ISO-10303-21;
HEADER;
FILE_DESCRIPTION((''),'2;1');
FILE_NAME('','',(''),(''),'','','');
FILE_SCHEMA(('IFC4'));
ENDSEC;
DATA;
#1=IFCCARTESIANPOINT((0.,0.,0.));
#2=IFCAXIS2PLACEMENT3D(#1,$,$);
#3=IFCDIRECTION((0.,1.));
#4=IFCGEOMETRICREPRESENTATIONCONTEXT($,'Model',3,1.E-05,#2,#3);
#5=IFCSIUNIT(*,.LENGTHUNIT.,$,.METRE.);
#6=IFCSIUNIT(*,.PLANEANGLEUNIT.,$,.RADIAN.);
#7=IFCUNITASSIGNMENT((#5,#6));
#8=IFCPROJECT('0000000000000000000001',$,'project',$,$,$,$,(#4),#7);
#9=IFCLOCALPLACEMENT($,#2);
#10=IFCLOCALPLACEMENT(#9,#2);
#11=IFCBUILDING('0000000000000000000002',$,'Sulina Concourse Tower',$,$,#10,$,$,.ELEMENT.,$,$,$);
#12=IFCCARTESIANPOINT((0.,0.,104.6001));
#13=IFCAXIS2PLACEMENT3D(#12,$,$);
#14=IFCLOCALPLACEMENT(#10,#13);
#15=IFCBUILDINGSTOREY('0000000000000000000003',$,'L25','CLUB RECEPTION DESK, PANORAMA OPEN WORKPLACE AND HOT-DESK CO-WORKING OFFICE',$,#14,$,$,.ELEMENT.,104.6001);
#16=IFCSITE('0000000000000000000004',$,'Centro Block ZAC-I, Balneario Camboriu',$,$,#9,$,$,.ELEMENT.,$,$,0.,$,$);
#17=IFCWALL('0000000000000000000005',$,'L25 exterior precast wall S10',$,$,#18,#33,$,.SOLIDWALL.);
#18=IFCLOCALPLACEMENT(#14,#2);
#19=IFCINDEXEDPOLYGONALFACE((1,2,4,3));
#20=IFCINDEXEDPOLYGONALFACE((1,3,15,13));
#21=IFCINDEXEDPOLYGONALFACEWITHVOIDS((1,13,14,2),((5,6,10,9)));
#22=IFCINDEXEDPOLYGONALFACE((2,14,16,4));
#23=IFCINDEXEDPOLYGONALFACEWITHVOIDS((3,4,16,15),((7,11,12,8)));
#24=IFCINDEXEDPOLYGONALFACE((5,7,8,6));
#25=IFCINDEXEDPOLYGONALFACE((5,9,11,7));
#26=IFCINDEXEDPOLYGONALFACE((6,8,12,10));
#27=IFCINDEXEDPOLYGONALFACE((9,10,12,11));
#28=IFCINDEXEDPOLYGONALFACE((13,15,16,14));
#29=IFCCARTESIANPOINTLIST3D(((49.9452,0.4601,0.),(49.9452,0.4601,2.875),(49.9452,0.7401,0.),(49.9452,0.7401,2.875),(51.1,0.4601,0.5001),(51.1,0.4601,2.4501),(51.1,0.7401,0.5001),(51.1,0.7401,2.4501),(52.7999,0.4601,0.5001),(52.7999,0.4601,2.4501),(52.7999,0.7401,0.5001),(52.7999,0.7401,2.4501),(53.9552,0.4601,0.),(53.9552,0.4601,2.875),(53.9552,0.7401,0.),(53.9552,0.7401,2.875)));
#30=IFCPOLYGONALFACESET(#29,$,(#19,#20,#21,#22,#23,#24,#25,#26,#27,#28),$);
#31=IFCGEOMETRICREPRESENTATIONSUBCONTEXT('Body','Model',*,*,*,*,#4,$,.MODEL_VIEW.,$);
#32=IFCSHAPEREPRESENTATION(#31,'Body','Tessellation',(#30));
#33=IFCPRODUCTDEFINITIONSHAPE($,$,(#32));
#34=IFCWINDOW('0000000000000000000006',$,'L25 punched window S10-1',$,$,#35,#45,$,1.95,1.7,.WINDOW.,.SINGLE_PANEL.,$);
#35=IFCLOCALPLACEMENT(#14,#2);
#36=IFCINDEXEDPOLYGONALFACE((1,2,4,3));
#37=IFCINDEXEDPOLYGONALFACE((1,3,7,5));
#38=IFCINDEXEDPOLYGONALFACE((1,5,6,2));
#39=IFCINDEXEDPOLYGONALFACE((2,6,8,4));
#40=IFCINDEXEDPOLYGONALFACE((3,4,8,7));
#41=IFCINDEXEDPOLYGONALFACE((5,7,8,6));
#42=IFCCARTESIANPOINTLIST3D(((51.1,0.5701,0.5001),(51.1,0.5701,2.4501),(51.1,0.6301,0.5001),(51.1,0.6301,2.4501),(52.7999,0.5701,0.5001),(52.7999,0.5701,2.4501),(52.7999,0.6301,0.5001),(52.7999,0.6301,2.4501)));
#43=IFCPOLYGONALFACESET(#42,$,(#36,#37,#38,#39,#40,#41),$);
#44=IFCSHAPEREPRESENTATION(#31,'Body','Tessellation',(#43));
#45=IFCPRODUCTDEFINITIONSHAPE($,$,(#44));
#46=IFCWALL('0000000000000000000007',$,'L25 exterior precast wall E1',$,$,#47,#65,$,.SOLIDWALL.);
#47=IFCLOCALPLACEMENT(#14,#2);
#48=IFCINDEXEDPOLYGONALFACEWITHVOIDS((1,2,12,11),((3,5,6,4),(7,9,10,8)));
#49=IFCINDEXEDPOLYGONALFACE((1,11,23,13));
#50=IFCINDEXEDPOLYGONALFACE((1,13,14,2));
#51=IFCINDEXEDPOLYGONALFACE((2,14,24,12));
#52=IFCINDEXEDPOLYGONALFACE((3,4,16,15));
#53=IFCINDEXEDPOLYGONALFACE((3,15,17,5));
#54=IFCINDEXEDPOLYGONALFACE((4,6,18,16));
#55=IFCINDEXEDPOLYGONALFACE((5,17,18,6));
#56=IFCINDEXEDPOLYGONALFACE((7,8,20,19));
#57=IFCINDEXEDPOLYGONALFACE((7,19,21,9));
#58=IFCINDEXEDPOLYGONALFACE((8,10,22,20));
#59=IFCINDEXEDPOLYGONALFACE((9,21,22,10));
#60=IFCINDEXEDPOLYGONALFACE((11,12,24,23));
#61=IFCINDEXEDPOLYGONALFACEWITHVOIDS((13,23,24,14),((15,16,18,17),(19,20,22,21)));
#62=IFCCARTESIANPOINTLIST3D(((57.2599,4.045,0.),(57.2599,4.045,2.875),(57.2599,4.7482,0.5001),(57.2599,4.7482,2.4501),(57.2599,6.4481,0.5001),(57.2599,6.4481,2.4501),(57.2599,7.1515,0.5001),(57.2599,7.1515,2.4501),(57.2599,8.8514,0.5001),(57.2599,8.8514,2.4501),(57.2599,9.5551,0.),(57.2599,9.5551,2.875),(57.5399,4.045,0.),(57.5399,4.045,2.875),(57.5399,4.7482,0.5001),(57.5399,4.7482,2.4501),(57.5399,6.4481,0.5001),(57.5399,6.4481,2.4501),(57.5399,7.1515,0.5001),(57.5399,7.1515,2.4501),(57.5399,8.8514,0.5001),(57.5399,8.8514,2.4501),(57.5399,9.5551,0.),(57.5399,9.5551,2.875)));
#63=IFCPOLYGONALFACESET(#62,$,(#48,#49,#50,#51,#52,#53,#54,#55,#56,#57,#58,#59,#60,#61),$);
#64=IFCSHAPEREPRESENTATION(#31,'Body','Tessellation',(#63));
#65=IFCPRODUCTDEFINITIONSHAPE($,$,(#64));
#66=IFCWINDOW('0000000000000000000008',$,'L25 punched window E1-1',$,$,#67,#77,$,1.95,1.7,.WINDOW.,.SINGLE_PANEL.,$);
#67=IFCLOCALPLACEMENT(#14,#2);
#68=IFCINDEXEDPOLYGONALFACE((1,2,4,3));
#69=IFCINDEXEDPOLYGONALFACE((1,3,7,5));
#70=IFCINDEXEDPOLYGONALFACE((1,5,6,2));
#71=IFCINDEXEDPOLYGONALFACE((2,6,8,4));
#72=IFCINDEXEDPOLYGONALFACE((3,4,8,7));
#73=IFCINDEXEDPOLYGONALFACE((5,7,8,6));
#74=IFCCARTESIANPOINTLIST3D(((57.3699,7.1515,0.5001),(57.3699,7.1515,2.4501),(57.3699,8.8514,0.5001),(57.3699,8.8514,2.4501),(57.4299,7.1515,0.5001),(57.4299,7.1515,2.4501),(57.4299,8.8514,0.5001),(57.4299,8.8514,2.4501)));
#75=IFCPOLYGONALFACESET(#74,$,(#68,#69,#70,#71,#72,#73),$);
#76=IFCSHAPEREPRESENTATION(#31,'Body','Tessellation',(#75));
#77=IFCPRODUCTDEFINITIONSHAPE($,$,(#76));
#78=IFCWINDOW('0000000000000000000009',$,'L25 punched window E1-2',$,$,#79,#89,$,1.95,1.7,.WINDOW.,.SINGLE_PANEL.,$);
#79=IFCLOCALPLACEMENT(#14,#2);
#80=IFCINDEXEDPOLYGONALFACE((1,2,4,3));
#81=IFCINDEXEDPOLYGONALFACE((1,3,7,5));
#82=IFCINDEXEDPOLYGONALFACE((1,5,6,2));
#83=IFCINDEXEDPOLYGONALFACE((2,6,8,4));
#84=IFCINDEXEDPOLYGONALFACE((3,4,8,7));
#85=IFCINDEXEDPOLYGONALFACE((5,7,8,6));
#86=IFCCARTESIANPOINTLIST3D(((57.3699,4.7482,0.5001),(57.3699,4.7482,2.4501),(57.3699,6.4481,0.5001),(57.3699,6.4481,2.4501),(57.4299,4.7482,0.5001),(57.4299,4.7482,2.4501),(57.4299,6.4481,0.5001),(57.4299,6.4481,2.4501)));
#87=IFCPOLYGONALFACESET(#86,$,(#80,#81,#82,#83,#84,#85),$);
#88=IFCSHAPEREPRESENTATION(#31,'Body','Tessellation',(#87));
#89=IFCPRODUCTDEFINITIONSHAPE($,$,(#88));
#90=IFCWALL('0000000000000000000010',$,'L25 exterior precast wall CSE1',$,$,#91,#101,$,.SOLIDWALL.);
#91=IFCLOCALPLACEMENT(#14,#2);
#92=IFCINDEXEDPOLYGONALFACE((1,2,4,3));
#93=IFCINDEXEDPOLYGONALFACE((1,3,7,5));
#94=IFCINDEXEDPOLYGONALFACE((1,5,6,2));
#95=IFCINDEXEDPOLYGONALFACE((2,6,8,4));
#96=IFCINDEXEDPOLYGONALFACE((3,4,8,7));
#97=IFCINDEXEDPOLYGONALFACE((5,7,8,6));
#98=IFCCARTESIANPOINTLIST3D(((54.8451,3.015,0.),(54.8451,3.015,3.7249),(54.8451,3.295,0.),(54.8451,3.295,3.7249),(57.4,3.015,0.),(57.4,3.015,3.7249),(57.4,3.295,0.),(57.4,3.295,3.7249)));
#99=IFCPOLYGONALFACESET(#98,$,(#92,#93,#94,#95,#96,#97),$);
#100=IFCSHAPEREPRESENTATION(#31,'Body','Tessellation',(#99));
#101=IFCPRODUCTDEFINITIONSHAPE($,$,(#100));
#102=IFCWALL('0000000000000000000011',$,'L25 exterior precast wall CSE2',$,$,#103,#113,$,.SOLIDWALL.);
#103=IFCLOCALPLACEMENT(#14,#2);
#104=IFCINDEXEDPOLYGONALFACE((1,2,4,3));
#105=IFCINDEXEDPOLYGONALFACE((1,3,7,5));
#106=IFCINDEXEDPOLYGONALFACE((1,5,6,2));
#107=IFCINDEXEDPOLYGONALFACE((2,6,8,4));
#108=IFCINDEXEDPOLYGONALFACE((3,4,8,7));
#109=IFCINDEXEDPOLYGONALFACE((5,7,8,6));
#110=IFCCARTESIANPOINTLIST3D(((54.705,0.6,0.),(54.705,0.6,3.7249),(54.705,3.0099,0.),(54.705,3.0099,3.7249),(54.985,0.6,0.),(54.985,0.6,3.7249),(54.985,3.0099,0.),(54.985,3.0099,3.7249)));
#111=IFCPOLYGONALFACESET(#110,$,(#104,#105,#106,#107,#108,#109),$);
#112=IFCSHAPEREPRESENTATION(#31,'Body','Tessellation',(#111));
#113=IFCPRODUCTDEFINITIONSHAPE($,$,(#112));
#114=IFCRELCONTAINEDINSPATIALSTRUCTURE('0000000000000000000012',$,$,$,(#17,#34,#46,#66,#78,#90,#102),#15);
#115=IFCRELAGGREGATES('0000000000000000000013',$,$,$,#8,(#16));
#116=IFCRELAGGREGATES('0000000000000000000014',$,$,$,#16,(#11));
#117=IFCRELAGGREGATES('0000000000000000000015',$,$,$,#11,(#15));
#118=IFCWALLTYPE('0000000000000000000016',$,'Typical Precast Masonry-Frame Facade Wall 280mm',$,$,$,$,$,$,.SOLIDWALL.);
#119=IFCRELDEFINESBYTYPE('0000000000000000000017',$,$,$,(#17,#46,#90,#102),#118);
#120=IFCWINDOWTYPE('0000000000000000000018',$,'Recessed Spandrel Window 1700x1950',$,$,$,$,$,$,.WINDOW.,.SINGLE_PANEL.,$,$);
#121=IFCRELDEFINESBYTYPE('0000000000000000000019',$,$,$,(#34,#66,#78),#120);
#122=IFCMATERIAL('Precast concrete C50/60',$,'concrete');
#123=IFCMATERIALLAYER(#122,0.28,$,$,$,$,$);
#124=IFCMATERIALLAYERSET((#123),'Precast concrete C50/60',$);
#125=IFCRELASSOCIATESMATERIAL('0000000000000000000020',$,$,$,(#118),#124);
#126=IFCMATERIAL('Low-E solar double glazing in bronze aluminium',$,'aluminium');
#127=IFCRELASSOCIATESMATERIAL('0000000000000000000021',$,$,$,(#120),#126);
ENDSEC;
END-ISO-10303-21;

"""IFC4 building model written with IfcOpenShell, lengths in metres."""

from ifc_helpers import new_model, si_unit, direction, frame, frame_2d, origin, place, context, subcontext, project, spatial, rectangle, extrude, material, layer, layer_set, type_object, element, fill, save


model = new_model("IFC4")

# Units and contexts
model_context = context("Model", 3, precision=1e-05, world=origin(), true_north=direction((0.0, 1.0)))
body_context = subcontext(model_context, "Body", "Model", "MODEL_VIEW")
ifc_project = project(units=[si_unit("LENGTHUNIT", "METRE"), si_unit("PLANEANGLEUNIT", "RADIAN")], contexts=[model_context])

# Site, building, storey
site_placement = place(None, origin())
site = spatial("IfcSite", under=ifc_project, at=site_placement, Name="Centro Block ZAC-I, Balneario Camboriu", CompositionType="ELEMENT", RefElevation=0.0)
building_placement = place(site_placement, origin())
building = spatial("IfcBuilding", under=site, at=building_placement, Name="Sulina Concourse Tower", CompositionType="ELEMENT")
storey_placement = place(building_placement, frame((0.0, 0.0, 104.6001)))
storey = spatial("IfcBuildingStorey", under=building, at=storey_placement, Name="L25", Description="CLUB RECEPTION DESK, PANORAMA OPEN WORKPLACE AND HOT-DESK CO-WORKING OFFICE", CompositionType="ELEMENT", Elevation=104.6001)

# Shared definitions
ifc_material_1 = material(Name="Precast concrete C50/60", Category="concrete")
ifc_layer_1 = layer(ifc_material_1, 0.28)
ifc_layer_set_1 = layer_set([ifc_layer_1], Name="Precast concrete C50/60")
wall_type_1 = type_object("IfcWallType", Name="Typical Precast Masonry-Frame Facade Wall 280mm", PredefinedType="SOLIDWALL", material=ifc_layer_set_1)

# Wall, opening, window
wall_1_placement = place(storey_placement, frame((53.9551, 0.6001, 0.0), z_axis=(0.0, 0.0, 1.0), x_axis=(-1.0, 0.0, 0.0)))
wall_1 = element("IfcWall", 1, at=wall_1_placement, inside=storey, type_object=wall_type_1, Name="L25 exterior precast wall S10", PredefinedType="SOLIDWALL", context=body_context, shape_type="SweptSolid", body=[
    extrude(rectangle(XDim=4.01, YDim=0.28, at=frame_2d((2.0049, 0.0))), origin(), (0.0, 0.0, 1.0), 2.875),
])
opening_1_placement = place(wall_1_placement, frame((1.155, 0.0, 0.5)))
opening_1 = element("IfcOpeningElement", 2, at=opening_1_placement, cuts=wall_1, PredefinedType="OPENING", context=body_context, shape_type="SweptSolid", body=[
    extrude(rectangle(XDim=1.7, YDim=1.95, at=frame_2d((0.8501, 0.9751))), frame((0.0, 0.1499, 0.0), z_axis=(0.0, -1.0, 0.0), x_axis=(1.0, 0.0, 0.0)), (0.0, 0.0, 1.0), 0.3),
])
ifc_material_2 = material(Name="Low-E solar double glazing in bronze aluminium", Category="aluminium")
window_type = type_object("IfcWindowType", Name="Recessed Spandrel Window 1700x1950", PartitioningType="SINGLE_PANEL", PredefinedType="WINDOW", material=ifc_material_2)
window_1_placement = place(opening_1_placement, origin())
window_1 = element("IfcWindow", 3, at=window_1_placement, inside=storey, type_object=window_type, Name="L25 punched window S10-1", OverallHeight=1.95, OverallWidth=1.7, PartitioningType="SINGLE_PANEL", PredefinedType="WINDOW", context=body_context, shape_type="SweptSolid", body=[
    extrude(rectangle(XDim=1.7, YDim=1.95, at=frame_2d((0.8501, 0.9751))), frame((0.0, 0.03, 0.0), z_axis=(0.0, -1.0, 0.0), x_axis=(1.0, 0.0, 0.0)), (0.0, 0.0, 1.0), 0.0601),
])
fill(opening_1, window_1)

# Wall, openings, windows
wall_2_placement = place(storey_placement, frame((57.3999, 9.5549, 0.0), z_axis=(0.0, 0.0, 1.0), x_axis=(0.0, -1.0, 0.0)))
wall_2 = element("IfcWall", 4, at=wall_2_placement, inside=storey, type_object=wall_type_1, Name="L25 exterior precast wall E1", PredefinedType="SOLIDWALL", context=body_context, shape_type="SweptSolid", body=[
    extrude(rectangle(XDim=5.51, YDim=0.28, at=frame_2d((2.7549, 0.0))), origin(), (0.0, 0.0, 1.0), 2.875),
])
opening_2_placement = place(wall_2_placement, frame((0.7034, 0.0, 0.5)))
opening_2 = element("IfcOpeningElement", 5, at=opening_2_placement, cuts=wall_2, PredefinedType="OPENING", context=body_context, shape_type="SweptSolid", body=[
    extrude(rectangle(XDim=1.7, YDim=1.95, at=frame_2d((0.8501, 0.9751))), frame((0.0, 0.1499, 0.0), z_axis=(0.0, -1.0, 0.0), x_axis=(1.0, 0.0, 0.0)), (0.0, 0.0, 1.0), 0.3),
])
opening_3_placement = place(wall_2_placement, frame((3.1067, 0.0, 0.5)))
opening_3 = element("IfcOpeningElement", 6, at=opening_3_placement, cuts=wall_2, PredefinedType="OPENING", context=body_context, shape_type="SweptSolid", body=[
    extrude(rectangle(XDim=1.7, YDim=1.95, at=frame_2d((0.8501, 0.9751))), frame((0.0, 0.1499, 0.0), z_axis=(0.0, -1.0, 0.0), x_axis=(1.0, 0.0, 0.0)), (0.0, 0.0, 1.0), 0.3),
])
window_2_placement = place(opening_2_placement, origin())
window_2 = element("IfcWindow", 7, at=window_2_placement, inside=storey, type_object=window_type, Name="L25 punched window E1-1", OverallHeight=1.95, OverallWidth=1.7, PartitioningType="SINGLE_PANEL", PredefinedType="WINDOW", context=body_context, shape_type="SweptSolid", body=[
    extrude(rectangle(XDim=1.7, YDim=1.95, at=frame_2d((0.8501, 0.9751))), frame((0.0, 0.03, 0.0), z_axis=(0.0, -1.0, 0.0), x_axis=(1.0, 0.0, 0.0)), (0.0, 0.0, 1.0), 0.0601),
])
fill(opening_2, window_2)
window_3_placement = place(opening_3_placement, origin())
window_3 = element("IfcWindow", 8, at=window_3_placement, inside=storey, type_object=window_type, Name="L25 punched window E1-2", OverallHeight=1.95, OverallWidth=1.7, PartitioningType="SINGLE_PANEL", PredefinedType="WINDOW", context=body_context, shape_type="SweptSolid", body=[
    extrude(rectangle(XDim=1.7, YDim=1.95, at=frame_2d((0.8501, 0.9751))), frame((0.0, 0.03, 0.0), z_axis=(0.0, -1.0, 0.0), x_axis=(1.0, 0.0, 0.0)), (0.0, 0.0, 1.0), 0.0601),
])
fill(opening_3, window_3)

# Walls
wall_3_placement = place(storey_placement, frame((57.3999, 3.155, 0.0), z_axis=(0.0, 0.0, 1.0), x_axis=(-1.0, 0.0, 0.0)))
element("IfcWall", 9, at=wall_3_placement, inside=storey, type_object=wall_type_1, Name="L25 exterior precast wall CSE1", PredefinedType="SOLIDWALL", context=body_context, shape_type="SweptSolid", body=[
    extrude(rectangle(XDim=2.5549, YDim=0.28, at=frame_2d((1.2773, 0.0))), origin(), (0.0, 0.0, 1.0), 3.7249),
])
wall_4_placement = place(storey_placement, frame((54.845, 3.01, 0.0), z_axis=(0.0, 0.0, 1.0), x_axis=(0.0, -1.0, 0.0)))
element("IfcWall", 10, at=wall_4_placement, inside=storey, type_object=wall_type_1, Name="L25 exterior precast wall CSE2", PredefinedType="SOLIDWALL", context=body_context, shape_type="SweptSolid", body=[
    extrude(rectangle(XDim=2.4099, YDim=0.28, at=frame_2d((1.2051, 0.0))), origin(), (0.0, 0.0, 1.0), 3.7249),
])

save(model, "model.ifc")
